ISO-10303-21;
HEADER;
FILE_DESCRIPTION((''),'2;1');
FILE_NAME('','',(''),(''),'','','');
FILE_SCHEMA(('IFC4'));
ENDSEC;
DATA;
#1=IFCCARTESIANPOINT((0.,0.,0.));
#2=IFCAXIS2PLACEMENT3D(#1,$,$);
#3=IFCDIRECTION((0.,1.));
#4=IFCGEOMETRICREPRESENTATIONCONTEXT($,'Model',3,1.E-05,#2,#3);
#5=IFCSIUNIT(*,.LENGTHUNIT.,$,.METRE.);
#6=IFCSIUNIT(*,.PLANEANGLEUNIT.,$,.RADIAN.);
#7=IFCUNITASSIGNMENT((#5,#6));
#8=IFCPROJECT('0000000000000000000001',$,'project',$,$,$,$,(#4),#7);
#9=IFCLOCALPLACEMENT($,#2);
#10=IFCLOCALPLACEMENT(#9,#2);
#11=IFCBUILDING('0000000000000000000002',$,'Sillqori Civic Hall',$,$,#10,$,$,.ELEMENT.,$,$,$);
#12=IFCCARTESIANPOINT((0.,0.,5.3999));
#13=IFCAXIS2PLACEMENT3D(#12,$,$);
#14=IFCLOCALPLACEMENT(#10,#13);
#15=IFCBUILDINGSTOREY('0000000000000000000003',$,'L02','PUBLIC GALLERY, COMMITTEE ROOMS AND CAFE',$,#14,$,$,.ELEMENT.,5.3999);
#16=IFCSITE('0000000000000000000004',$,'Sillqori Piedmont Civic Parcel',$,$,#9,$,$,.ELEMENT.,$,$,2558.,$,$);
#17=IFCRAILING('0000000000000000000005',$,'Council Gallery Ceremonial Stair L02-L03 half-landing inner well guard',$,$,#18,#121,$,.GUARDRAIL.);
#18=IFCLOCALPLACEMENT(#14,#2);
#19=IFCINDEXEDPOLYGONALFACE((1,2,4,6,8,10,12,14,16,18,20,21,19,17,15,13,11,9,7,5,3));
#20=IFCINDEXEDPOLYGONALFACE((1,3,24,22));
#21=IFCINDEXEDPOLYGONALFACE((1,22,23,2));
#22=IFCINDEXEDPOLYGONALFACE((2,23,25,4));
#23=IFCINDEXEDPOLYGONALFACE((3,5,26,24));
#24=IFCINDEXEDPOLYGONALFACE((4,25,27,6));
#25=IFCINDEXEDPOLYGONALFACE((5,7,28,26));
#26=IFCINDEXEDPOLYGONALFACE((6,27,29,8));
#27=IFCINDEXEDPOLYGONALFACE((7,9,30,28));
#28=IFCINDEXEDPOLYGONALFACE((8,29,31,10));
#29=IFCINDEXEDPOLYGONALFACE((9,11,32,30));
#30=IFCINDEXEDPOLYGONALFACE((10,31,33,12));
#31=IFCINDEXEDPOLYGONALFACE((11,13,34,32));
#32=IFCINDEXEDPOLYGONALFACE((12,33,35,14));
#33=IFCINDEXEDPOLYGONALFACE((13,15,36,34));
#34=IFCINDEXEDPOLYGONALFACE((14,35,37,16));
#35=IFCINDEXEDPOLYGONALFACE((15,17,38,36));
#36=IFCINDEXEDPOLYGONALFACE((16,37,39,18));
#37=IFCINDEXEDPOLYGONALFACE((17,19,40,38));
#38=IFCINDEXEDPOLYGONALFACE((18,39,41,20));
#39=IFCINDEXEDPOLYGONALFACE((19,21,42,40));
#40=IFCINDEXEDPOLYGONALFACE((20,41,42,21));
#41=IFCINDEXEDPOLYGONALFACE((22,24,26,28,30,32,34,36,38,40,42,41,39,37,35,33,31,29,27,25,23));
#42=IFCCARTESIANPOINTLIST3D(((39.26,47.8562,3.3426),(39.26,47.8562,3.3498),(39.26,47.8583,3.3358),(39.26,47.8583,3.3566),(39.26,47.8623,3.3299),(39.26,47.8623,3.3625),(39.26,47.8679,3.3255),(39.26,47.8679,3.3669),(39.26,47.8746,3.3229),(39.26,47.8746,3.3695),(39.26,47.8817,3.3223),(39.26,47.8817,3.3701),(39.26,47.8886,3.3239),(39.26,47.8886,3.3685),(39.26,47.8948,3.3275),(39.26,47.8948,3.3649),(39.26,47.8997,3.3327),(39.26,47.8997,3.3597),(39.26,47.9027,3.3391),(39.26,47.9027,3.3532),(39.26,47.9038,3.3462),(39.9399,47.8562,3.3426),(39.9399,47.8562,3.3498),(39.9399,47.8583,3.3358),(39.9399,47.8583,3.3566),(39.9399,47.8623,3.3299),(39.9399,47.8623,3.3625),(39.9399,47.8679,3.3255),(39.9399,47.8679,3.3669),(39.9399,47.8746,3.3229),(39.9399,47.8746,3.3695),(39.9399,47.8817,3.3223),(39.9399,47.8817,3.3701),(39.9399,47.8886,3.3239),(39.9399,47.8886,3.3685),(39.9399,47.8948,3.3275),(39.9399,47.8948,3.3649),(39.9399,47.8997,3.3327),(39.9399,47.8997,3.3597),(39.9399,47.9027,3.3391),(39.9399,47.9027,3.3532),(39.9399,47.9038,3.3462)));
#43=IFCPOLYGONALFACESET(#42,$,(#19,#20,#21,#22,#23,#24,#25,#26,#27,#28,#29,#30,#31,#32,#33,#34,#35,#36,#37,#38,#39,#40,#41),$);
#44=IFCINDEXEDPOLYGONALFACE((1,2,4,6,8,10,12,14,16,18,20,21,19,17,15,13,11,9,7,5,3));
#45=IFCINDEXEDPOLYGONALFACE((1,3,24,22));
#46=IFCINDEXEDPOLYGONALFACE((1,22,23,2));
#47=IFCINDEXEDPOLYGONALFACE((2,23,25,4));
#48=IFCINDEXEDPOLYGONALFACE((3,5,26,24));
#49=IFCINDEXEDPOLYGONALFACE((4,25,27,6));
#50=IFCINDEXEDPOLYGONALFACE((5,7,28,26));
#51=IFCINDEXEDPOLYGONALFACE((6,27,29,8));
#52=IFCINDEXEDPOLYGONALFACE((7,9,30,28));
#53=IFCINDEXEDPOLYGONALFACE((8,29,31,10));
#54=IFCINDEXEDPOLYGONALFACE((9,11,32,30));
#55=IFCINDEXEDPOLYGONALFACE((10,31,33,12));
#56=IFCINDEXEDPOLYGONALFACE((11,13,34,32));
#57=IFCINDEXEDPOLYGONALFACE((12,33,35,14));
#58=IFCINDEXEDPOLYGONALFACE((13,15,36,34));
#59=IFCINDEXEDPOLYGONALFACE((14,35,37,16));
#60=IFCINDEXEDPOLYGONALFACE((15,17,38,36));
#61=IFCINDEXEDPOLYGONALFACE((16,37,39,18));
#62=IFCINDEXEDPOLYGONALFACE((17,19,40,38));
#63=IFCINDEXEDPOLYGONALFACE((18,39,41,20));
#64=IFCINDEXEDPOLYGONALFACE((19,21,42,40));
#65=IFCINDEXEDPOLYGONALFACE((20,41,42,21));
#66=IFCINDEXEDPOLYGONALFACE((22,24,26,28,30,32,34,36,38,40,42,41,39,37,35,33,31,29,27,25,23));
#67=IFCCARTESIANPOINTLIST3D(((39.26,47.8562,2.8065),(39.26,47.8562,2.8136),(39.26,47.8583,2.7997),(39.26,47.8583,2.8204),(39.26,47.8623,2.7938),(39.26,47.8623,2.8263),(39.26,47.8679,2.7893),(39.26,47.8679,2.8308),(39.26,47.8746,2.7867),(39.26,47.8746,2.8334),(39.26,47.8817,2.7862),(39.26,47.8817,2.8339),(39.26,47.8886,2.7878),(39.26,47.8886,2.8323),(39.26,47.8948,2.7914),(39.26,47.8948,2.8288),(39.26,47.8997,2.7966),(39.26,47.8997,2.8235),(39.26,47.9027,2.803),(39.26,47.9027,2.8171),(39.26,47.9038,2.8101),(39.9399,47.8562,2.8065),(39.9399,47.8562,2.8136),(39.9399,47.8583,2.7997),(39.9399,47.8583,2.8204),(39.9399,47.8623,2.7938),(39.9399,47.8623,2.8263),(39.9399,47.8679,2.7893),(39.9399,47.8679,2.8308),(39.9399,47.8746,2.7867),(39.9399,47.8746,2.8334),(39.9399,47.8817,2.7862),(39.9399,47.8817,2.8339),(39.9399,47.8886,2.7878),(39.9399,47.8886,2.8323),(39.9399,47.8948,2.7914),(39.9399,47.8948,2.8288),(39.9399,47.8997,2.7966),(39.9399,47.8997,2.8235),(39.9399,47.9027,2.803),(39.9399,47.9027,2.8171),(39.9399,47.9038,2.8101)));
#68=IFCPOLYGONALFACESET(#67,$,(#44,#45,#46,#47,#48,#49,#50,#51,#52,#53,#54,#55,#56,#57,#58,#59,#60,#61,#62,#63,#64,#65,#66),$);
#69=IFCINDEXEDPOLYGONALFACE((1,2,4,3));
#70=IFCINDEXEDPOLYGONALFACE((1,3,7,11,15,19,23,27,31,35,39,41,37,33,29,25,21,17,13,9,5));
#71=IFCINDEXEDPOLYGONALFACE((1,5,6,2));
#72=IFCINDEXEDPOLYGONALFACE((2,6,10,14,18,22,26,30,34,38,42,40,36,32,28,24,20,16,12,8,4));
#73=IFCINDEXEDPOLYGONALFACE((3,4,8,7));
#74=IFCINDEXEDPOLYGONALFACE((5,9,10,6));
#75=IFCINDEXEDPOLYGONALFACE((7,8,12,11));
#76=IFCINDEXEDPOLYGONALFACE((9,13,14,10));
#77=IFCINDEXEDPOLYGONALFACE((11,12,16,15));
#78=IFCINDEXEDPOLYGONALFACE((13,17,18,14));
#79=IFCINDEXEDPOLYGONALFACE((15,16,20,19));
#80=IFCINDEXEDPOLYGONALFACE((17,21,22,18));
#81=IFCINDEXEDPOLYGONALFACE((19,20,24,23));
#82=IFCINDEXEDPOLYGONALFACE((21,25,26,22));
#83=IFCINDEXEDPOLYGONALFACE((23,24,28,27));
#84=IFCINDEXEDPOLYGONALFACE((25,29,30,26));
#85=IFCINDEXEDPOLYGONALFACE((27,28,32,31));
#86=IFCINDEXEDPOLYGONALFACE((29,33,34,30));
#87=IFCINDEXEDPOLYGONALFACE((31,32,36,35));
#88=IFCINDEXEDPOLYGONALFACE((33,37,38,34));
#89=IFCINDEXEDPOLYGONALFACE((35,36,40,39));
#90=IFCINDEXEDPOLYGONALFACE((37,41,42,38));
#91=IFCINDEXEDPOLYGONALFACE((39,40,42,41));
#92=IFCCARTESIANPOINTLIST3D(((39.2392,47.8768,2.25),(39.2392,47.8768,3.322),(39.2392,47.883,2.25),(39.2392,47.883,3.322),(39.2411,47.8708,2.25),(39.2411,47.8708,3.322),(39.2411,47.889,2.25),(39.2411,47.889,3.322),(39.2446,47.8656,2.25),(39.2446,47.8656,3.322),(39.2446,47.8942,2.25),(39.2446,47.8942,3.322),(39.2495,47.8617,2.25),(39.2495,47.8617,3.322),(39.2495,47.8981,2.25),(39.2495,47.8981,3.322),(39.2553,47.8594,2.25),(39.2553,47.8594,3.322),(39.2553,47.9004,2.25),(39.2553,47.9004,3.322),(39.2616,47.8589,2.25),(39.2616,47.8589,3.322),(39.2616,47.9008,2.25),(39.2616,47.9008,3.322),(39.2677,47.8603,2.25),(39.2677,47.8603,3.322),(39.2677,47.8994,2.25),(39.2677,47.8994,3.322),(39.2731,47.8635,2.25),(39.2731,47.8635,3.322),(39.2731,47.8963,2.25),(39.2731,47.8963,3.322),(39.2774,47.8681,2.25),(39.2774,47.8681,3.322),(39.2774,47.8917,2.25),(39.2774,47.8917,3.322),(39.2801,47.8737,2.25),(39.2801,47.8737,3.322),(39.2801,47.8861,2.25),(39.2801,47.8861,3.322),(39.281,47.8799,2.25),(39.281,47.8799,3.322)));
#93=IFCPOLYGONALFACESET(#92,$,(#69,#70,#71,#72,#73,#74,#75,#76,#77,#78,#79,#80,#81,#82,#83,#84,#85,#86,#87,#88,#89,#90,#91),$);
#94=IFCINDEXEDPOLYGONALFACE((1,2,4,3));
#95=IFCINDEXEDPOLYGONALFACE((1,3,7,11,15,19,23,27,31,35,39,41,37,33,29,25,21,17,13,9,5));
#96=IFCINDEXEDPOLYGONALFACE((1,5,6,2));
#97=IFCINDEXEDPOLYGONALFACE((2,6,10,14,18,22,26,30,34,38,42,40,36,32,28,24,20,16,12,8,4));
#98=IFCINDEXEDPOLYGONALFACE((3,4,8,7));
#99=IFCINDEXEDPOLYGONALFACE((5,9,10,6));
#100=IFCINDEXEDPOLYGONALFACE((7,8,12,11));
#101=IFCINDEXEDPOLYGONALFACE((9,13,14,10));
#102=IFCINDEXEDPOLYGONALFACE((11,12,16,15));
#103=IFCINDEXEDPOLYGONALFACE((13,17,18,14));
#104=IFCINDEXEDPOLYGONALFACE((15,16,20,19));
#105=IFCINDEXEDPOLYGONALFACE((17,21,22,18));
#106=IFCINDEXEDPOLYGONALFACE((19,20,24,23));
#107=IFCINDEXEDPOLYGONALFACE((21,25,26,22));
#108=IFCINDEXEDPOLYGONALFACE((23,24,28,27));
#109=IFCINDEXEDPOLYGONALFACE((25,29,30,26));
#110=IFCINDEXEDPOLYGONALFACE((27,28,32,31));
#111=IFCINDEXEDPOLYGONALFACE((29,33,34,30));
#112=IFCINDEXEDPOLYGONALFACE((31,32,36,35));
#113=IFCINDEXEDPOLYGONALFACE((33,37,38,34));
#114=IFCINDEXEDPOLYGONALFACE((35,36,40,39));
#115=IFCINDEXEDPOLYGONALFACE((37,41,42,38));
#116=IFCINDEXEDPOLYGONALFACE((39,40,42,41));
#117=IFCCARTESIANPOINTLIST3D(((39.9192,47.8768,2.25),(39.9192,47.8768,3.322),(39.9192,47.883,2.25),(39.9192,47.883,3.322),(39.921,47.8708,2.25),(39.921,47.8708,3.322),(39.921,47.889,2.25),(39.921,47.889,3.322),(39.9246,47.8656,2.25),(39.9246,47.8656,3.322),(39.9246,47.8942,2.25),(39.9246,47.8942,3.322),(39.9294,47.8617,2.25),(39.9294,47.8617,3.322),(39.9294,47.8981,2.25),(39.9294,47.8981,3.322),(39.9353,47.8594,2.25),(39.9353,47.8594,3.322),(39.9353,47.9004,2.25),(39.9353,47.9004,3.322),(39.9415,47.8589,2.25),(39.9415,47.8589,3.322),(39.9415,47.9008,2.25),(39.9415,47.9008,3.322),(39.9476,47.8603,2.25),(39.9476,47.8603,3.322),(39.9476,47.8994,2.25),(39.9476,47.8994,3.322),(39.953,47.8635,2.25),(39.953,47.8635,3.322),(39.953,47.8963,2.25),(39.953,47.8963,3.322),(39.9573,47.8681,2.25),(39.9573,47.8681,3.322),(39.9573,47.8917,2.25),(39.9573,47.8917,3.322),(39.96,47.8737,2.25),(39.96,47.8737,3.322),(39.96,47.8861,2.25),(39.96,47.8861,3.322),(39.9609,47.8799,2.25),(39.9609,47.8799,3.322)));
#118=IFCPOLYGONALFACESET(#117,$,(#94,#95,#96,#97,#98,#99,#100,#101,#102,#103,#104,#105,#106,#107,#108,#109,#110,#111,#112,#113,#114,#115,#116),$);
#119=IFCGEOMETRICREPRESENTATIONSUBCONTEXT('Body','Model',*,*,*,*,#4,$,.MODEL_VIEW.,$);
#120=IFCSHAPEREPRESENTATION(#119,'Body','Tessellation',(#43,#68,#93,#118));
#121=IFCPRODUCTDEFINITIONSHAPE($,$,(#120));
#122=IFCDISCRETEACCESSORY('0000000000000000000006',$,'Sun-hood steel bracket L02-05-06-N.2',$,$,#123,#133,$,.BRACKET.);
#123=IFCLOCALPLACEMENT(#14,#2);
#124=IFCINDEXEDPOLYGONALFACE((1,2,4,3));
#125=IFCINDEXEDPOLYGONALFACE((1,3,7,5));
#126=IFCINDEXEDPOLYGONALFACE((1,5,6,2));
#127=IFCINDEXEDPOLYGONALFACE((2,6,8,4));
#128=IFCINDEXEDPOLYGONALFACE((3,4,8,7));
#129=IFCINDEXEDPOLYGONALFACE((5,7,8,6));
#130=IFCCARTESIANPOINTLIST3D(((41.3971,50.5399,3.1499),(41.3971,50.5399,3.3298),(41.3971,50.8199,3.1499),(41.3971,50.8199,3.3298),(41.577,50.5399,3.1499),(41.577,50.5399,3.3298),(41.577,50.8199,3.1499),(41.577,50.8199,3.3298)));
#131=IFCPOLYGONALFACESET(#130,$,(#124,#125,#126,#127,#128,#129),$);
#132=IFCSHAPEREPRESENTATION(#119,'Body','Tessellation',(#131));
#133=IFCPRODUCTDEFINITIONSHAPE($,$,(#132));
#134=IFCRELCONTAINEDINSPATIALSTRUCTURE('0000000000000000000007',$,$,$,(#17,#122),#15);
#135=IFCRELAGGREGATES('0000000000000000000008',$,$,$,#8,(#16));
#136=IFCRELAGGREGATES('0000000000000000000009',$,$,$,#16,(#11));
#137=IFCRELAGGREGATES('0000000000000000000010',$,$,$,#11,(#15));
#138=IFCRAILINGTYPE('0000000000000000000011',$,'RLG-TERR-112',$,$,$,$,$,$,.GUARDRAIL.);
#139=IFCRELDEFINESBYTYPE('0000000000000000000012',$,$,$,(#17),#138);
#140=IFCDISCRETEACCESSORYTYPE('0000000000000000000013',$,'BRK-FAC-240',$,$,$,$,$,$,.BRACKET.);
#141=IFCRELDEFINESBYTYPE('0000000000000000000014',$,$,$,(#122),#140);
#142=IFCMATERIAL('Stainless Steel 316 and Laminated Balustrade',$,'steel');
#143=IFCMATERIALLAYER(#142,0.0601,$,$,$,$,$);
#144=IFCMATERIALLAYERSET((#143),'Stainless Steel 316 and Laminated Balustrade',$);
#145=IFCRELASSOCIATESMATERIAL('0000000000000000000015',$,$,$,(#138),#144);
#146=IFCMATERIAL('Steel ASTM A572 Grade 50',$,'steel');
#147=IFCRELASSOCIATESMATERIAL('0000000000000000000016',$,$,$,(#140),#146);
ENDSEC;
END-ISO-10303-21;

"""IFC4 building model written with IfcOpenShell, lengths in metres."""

from ifc_helpers import new_model, si_unit, direction, frame, origin, origin_2d, place, context, subcontext, project, spatial, rectangle, circle, extrude, material, layer, layer_set, type_object, element, save


model = new_model("IFC4")

# Units and contexts
model_context = context("Model", 3, precision=1e-05, world=origin(), true_north=direction((0.0, 1.0)))
body_context = subcontext(model_context, "Body", "Model", "MODEL_VIEW")
ifc_project = project(units=[si_unit("LENGTHUNIT", "METRE"), si_unit("PLANEANGLEUNIT", "RADIAN")], contexts=[model_context])

# Site, building, storey
site_placement = place(None, origin())
site = spatial("IfcSite", under=ifc_project, at=site_placement, Name="Sillqori Piedmont Civic Parcel", CompositionType="ELEMENT", RefElevation=2558.0)
building_placement = place(site_placement, origin())
building = spatial("IfcBuilding", under=site, at=building_placement, Name="Sillqori Civic Hall", CompositionType="ELEMENT")
storey_placement = place(building_placement, frame((0.0, 0.0, 5.3999)))
storey = spatial("IfcBuildingStorey", under=building, at=storey_placement, Name="L02", Description="PUBLIC GALLERY, COMMITTEE ROOMS AND CAFE", CompositionType="ELEMENT", Elevation=5.3999)

# Railing
ifc_material_1 = material(Name="Stainless Steel 316 and Laminated Balustrade", Category="steel")
ifc_layer_1 = layer(ifc_material_1, 0.0601)
ifc_layer_set_1 = layer_set([ifc_layer_1], Name="Stainless Steel 316 and Laminated Balustrade")
railing_type_1 = type_object("IfcRailingType", Name="RLG-TERR-112", PredefinedType="GUARDRAIL", material=ifc_layer_set_1)
railing_1_placement = place(storey_placement, frame((39.26, 47.8799, 2.25)))
element("IfcRailing", 1, at=railing_1_placement, inside=storey, type_object=railing_type_1, Name="Council Gallery Ceremonial Stair L02-L03 half-landing inner well guard", PredefinedType="GUARDRAIL", context=body_context, shape_type="SweptSolid", body=[
    extrude(circle(Radius=0.0239, at=origin_2d()), frame((0.0, 0.0, 1.0962), z_axis=(1.0, 0.0, 0.0), x_axis=(0.0, 1.0, 0.0)), (0.0, 0.0, 1.0), 0.6799),
    extrude(circle(Radius=0.0239, at=origin_2d()), frame((0.0, 0.0, 0.5601), z_axis=(1.0, 0.0, 0.0), x_axis=(0.0, 1.0, 0.0)), (0.0, 0.0, 1.0), 0.6799),
    extrude(circle(Radius=0.021, at=origin_2d()), origin(), (0.0, 0.0, 1.0), 1.072),
    extrude(circle(Radius=0.021, at=origin_2d()), frame((0.6799, 0.0, 0.0)), (0.0, 0.0, 1.0), 1.072),
])

# Discrete accessory
ifc_material_2 = material(Name="Steel ASTM A572 Grade 50", Category="steel")
discrete_accessory_type = type_object("IfcDiscreteAccessoryType", Name="BRK-FAC-240", PredefinedType="BRACKET", material=ifc_material_2)
discrete_accessory_placement = place(storey_placement, frame((41.4871, 50.6799, 3.1499), z_axis=(0.0, 0.0, 1.0), x_axis=(1.0, 0.0, 0.0)))
element("IfcDiscreteAccessory", 2, at=discrete_accessory_placement, inside=storey, type_object=discrete_accessory_type, Name="Sun-hood steel bracket L02-05-06-N.2", PredefinedType="BRACKET", context=body_context, shape_type="SweptSolid", body=[
    extrude(rectangle(XDim=0.1799, YDim=0.28, at=origin_2d()), origin(), (0.0, 0.0, 1.0), 0.1799),
])

save(model, "model.ifc")
